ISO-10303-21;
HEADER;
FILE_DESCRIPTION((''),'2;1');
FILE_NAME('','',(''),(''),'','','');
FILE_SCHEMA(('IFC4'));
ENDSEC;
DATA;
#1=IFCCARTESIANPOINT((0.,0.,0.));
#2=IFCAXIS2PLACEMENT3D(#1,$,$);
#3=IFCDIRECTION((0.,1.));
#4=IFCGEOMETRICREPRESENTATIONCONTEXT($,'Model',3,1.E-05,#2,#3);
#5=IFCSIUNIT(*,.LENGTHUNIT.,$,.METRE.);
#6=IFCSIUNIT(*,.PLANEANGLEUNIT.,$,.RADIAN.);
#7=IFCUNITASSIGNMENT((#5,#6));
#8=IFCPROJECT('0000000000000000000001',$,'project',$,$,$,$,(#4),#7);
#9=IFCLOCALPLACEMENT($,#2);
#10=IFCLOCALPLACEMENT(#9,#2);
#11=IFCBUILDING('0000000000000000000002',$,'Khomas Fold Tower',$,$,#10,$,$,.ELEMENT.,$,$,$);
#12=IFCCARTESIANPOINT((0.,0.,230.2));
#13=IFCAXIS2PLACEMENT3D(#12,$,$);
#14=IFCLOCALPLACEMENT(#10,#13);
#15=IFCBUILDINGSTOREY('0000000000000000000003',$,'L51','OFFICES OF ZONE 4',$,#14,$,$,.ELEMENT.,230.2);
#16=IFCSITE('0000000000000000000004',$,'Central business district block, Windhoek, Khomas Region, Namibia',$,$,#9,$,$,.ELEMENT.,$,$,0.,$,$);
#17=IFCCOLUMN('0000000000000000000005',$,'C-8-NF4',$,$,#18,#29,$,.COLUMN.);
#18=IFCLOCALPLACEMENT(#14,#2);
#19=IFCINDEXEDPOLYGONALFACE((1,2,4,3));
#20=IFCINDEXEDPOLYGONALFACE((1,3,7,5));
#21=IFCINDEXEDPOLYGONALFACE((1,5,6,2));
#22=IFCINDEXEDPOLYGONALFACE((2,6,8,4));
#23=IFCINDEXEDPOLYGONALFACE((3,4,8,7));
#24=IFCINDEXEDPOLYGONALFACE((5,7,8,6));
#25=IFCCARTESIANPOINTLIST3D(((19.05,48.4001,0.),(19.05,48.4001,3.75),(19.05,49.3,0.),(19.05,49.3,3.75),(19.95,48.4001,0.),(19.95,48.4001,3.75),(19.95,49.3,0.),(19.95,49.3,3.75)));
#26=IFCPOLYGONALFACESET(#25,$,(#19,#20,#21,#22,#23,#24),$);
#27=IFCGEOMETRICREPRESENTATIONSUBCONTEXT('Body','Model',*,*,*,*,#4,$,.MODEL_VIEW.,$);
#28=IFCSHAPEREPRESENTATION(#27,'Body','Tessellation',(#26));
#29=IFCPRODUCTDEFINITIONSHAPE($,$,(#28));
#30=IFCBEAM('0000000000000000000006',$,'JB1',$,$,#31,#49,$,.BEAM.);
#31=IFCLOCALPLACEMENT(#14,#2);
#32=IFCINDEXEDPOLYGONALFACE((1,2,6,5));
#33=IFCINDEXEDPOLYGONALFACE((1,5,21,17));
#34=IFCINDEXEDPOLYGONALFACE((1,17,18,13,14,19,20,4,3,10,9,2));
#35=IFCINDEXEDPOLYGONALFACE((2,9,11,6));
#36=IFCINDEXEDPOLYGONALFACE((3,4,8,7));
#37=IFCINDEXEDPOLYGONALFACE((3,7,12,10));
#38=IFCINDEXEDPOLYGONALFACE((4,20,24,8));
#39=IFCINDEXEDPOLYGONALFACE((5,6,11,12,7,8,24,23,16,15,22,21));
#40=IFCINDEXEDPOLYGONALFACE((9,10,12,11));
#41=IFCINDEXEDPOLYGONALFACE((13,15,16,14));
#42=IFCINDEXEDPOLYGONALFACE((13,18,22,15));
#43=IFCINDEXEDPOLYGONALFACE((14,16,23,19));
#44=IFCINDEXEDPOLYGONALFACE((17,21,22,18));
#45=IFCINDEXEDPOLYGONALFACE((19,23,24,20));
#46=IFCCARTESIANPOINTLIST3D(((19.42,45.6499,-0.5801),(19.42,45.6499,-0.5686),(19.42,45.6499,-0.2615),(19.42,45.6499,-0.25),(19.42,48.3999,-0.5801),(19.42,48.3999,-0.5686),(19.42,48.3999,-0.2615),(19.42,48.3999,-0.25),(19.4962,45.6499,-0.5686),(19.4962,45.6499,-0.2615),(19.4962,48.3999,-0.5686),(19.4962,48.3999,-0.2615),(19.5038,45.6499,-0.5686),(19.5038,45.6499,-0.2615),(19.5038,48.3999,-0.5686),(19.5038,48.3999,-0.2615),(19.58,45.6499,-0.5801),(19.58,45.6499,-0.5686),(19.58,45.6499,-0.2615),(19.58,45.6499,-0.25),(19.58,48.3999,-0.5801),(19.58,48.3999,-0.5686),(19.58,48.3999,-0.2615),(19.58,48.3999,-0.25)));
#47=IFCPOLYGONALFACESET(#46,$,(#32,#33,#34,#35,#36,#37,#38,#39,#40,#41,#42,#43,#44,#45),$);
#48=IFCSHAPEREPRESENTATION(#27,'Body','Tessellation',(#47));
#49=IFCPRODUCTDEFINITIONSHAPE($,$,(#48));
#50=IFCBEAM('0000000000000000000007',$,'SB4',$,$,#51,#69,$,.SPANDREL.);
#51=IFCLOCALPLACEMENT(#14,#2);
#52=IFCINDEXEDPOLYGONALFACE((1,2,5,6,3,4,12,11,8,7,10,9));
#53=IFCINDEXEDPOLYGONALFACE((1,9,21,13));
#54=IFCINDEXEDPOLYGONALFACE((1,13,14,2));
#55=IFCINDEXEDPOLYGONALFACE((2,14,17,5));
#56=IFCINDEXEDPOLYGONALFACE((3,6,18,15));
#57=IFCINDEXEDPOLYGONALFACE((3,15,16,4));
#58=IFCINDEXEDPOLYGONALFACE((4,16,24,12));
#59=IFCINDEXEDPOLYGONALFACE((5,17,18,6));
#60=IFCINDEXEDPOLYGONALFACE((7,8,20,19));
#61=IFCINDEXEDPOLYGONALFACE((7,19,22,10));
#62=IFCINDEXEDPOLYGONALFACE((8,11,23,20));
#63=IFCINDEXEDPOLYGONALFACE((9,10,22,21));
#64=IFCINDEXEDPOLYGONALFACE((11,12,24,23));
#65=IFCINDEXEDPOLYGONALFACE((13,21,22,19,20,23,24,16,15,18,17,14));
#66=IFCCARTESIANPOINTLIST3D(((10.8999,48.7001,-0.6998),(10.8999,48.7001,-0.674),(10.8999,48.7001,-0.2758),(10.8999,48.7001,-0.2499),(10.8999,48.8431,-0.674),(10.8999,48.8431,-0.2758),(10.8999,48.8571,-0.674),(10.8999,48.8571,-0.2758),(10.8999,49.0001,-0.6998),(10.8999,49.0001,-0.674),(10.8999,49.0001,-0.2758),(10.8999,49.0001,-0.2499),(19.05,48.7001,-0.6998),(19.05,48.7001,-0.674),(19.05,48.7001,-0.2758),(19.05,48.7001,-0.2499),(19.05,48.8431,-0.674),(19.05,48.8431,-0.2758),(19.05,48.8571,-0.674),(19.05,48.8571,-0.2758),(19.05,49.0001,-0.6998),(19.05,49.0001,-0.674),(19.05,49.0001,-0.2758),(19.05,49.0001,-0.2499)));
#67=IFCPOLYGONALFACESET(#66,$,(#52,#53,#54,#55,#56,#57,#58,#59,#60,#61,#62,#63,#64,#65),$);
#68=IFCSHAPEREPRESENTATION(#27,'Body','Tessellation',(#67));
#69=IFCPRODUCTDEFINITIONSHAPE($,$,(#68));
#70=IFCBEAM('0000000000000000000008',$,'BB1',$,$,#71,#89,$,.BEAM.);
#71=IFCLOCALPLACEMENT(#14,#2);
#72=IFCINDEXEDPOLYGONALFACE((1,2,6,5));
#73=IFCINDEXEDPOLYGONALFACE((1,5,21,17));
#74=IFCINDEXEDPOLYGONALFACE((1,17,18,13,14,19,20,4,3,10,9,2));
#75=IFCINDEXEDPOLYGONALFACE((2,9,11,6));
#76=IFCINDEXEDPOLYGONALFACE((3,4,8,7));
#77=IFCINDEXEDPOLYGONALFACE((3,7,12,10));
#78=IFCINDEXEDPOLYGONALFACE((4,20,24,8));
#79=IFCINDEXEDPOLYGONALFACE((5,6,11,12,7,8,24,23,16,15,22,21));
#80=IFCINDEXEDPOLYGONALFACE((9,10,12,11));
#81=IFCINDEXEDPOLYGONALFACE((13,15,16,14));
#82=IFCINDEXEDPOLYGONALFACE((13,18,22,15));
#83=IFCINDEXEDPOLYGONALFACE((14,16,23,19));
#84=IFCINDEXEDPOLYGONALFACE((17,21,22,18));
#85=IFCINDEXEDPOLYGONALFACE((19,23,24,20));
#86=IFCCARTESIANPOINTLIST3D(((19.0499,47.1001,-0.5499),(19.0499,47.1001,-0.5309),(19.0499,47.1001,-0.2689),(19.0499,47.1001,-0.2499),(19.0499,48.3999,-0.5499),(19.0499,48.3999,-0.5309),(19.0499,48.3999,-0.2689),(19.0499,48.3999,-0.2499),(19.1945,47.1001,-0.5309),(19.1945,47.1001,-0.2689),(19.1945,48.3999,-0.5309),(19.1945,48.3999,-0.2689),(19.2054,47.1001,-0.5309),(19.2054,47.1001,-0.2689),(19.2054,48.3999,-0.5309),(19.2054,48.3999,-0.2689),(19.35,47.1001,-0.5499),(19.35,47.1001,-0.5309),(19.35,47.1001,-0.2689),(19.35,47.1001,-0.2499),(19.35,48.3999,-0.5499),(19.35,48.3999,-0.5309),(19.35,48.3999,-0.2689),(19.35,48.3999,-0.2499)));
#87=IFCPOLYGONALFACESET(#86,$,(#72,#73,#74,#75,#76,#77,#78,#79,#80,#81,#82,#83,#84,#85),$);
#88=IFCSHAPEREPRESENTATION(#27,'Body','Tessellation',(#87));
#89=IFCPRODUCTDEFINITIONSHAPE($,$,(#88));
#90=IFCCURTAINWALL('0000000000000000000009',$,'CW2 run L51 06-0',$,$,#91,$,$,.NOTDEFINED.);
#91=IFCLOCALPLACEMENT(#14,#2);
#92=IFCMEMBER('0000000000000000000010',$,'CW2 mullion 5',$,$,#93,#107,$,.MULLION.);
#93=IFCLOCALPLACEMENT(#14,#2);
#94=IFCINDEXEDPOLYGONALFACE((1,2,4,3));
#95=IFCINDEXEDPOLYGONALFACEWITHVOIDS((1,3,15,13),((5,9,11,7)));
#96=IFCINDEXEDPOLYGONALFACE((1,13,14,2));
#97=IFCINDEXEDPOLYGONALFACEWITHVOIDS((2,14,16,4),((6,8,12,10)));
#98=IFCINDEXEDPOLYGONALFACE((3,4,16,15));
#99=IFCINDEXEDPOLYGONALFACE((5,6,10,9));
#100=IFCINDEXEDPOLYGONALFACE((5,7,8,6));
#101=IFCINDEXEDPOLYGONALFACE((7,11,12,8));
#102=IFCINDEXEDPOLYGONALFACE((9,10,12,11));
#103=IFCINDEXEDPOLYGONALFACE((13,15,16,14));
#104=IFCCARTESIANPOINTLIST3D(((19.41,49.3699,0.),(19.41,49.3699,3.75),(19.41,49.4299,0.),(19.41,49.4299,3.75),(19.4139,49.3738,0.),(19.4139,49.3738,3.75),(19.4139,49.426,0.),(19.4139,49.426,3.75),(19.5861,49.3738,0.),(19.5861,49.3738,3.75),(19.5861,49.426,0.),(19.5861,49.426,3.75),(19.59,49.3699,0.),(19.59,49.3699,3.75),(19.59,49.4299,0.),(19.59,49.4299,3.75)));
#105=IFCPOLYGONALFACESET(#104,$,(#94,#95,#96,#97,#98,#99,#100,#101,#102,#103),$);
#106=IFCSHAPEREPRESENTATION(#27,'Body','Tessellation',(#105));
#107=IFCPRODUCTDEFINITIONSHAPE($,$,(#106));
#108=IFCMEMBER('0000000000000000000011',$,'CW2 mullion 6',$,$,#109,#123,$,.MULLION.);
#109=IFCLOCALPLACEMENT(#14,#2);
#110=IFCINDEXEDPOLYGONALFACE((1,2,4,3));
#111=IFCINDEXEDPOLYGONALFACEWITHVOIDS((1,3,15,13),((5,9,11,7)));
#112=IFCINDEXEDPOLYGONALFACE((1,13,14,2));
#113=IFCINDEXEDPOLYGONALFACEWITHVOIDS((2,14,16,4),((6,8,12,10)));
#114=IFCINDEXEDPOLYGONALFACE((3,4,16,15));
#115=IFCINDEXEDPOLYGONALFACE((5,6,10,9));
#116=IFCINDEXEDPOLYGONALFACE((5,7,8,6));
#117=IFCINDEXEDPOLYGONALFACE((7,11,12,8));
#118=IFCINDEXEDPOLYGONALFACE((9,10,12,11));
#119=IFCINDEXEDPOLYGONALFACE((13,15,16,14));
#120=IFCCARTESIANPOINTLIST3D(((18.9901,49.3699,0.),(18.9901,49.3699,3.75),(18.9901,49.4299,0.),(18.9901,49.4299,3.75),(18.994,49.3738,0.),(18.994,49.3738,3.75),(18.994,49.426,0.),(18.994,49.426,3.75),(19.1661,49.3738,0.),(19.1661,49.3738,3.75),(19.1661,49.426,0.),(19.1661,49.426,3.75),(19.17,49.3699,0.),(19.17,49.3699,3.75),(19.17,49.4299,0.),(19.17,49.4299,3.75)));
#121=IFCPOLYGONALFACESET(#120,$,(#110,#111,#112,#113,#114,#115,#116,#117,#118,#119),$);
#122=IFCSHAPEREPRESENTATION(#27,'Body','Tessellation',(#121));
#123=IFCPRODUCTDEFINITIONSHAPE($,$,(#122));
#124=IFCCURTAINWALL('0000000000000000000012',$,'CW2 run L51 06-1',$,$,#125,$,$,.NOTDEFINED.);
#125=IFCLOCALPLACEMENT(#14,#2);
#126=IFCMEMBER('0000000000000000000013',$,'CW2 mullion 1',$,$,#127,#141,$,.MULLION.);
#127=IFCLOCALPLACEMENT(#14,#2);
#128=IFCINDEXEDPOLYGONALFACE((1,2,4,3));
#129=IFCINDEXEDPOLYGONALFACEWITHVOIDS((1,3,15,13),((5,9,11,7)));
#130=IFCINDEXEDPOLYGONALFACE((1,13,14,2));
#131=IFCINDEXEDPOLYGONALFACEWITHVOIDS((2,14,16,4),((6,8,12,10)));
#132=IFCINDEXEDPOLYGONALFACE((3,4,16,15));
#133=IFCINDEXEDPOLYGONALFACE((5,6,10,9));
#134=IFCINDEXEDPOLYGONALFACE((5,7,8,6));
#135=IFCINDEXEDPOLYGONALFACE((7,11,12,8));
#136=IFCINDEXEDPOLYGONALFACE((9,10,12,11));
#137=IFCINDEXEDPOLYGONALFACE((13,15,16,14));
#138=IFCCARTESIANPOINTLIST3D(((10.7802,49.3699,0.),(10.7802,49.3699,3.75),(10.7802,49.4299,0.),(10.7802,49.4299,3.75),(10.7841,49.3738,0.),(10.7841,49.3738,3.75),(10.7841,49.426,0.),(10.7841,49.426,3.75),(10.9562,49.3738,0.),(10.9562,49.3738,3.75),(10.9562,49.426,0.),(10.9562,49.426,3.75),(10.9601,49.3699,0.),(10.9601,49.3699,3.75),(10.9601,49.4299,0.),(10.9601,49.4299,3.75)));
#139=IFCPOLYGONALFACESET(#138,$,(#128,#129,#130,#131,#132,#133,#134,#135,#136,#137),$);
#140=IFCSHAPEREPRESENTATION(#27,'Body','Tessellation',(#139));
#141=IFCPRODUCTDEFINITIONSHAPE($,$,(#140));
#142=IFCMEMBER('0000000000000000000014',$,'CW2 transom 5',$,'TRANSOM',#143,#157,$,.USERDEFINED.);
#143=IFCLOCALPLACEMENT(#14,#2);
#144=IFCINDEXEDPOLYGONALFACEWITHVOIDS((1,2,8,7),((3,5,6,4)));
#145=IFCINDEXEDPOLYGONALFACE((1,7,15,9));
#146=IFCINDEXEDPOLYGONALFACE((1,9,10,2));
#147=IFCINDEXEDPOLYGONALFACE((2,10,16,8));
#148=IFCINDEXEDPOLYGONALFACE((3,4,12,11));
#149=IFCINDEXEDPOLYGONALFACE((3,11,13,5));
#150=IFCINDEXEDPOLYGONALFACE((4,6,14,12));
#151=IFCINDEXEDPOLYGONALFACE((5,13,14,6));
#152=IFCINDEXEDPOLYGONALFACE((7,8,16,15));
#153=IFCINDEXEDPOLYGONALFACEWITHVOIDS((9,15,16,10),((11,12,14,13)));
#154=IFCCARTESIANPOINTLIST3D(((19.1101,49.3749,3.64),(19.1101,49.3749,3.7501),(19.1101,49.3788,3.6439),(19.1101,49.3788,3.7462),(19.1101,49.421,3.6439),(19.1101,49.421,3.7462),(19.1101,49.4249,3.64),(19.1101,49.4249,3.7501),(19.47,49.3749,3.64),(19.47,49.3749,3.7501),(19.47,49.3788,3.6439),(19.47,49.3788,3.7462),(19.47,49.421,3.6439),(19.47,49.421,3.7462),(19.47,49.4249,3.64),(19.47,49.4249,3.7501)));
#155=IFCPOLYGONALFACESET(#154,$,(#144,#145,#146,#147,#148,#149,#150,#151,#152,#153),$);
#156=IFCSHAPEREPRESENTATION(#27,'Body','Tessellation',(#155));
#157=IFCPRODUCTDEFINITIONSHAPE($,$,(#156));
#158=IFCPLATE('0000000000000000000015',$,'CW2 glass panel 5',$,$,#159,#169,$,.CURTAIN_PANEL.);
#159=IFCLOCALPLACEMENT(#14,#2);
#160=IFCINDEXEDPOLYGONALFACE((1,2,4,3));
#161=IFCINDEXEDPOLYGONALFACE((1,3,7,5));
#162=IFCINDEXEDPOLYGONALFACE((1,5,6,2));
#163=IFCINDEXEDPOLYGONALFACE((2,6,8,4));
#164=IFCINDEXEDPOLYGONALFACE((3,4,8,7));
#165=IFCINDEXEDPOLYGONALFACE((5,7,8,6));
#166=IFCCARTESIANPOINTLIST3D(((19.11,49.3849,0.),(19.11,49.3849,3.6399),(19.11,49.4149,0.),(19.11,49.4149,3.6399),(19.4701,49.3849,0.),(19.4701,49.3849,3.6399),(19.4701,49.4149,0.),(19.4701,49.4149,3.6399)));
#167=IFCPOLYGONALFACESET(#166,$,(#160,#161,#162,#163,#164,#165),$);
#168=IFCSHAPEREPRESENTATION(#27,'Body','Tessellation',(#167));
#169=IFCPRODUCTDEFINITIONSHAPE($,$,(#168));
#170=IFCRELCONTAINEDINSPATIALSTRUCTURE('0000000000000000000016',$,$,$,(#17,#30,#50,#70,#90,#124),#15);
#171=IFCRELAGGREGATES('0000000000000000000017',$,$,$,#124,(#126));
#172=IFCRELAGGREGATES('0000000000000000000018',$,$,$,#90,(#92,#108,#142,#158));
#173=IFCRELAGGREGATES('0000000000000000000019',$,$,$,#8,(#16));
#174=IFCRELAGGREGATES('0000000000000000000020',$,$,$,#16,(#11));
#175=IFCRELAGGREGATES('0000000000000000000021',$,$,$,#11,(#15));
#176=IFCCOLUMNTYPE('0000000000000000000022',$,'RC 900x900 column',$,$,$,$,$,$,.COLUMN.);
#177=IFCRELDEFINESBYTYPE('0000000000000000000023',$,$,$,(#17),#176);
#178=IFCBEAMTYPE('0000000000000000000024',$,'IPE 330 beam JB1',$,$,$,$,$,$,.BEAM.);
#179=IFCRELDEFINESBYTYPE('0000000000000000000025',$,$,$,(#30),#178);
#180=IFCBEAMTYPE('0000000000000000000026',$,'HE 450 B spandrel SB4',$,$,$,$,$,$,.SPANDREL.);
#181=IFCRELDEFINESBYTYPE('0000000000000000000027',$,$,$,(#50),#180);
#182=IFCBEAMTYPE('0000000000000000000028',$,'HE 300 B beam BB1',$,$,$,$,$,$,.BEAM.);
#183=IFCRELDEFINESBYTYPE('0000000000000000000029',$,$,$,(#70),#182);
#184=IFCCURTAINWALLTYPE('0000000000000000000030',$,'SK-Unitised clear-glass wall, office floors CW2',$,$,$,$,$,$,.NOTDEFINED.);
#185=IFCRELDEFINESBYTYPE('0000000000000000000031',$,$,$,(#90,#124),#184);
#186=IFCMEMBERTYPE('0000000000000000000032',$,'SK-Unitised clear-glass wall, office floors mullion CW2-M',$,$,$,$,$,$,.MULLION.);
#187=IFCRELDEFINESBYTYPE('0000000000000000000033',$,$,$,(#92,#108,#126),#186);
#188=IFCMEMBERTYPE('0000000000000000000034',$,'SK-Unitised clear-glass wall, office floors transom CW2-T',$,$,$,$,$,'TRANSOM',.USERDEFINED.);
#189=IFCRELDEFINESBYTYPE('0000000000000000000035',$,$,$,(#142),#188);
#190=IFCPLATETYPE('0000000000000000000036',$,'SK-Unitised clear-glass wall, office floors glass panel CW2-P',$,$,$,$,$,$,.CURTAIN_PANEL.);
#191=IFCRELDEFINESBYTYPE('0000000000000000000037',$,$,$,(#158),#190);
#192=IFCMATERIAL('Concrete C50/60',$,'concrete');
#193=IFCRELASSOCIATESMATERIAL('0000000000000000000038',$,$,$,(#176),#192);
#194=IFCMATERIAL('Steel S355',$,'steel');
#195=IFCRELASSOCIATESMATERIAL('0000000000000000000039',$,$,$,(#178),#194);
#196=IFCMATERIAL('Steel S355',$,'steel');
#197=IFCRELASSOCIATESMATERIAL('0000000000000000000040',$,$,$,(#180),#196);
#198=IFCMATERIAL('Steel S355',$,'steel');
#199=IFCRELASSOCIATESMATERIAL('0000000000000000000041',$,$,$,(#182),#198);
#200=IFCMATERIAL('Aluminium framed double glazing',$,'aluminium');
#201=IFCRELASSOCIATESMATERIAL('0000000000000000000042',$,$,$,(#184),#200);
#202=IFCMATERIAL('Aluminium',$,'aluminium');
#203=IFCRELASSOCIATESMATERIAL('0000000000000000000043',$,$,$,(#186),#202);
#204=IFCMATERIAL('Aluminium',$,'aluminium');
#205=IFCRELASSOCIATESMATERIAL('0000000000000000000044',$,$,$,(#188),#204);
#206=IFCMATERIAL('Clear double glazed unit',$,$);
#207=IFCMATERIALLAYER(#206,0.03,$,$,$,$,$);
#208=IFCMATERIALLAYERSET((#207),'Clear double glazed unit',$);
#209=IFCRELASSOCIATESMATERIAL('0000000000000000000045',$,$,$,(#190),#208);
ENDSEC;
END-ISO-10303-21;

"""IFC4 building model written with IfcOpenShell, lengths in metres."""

from ifc_helpers import new_model, si_unit, direction, frame, origin, origin_2d, place, context, subcontext, project, spatial, rectangle, hollow_rectangle, i_section, extrude, source, transform, mapped, material, layer, layer_set, material_profile, profile_set, type_object, element, aggregate, save


model = new_model("IFC4")

# Units and contexts
model_context = context("Model", 3, precision=1e-05, world=origin(), true_north=direction((0.0, 1.0)))
body_context = subcontext(model_context, "Body", "Model", "MODEL_VIEW")
ifc_project = project(units=[si_unit("LENGTHUNIT", "METRE"), si_unit("PLANEANGLEUNIT", "RADIAN")], contexts=[model_context])

# Site, building, storey
site_placement = place(None, origin())
site = spatial("IfcSite", under=ifc_project, at=site_placement, Name="Central business district block, Windhoek, Khomas Region, Namibia", CompositionType="ELEMENT", RefElevation=0.0)
building_placement = place(site_placement, origin())
building = spatial("IfcBuilding", under=site, at=building_placement, Name="Khomas Fold Tower", CompositionType="ELEMENT")
storey_placement = place(building_placement, frame((0.0, 0.0, 230.2)))
storey = spatial("IfcBuildingStorey", under=building, at=storey_placement, Name="L51", Description="OFFICES OF ZONE 4", CompositionType="ELEMENT", Elevation=230.2)

# Column
ifc_material_1 = material(Name="Concrete C50/60", Category="concrete")
ifc_material_profile_1 = material_profile(ifc_material_1, rectangle(XDim=0.8999, YDim=0.8999, at=origin_2d()), Name="RC 900x900")
ifc_profile_set_1 = profile_set([ifc_material_profile_1], Name="Concrete C50/60")
column_type = type_object("IfcColumnType", Name="RC 900x900 column", PredefinedType="COLUMN", material=ifc_profile_set_1)
shared_shape_1 = source(origin(), body_context, "Body", "SweptSolid", [
    extrude(rectangle(XDim=0.8999, YDim=0.8999, at=origin_2d()), origin(), (0.0, 0.0, 1.0), 3.75),
])
column_placement = place(storey_placement, frame((19.5, 48.8501, 0.0), z_axis=(0.0, 0.0, 1.0), x_axis=(1.0, 0.0, 0.0)))
element("IfcColumn", 1, at=column_placement, inside=storey, type_object=column_type, Name="C-8-NF4", PredefinedType="COLUMN", context=body_context, shape_type="MappedRepresentation", body=[
    mapped(shared_shape_1, transform((0.0, 0.0, 0.0))),
])

# Beams
ifc_material_2 = material(Name="Steel S355", Category="steel")
ifc_material_profile_2 = material_profile(ifc_material_2, i_section(OverallWidth=0.1599, OverallDepth=0.3301, WebThickness=0.0076, FlangeThickness=0.0115, at=origin_2d()), Name="IPE 330")
ifc_profile_set_2 = profile_set([ifc_material_profile_2], Name="Steel S355")
beam_type_1 = type_object("IfcBeamType", Name="IPE 330 beam JB1", PredefinedType="BEAM", material=ifc_profile_set_2)
shared_shape_2 = source(origin(), body_context, "Body", "SweptSolid", [
    extrude(i_section(OverallWidth=0.1599, OverallDepth=0.3301, WebThickness=0.0076, FlangeThickness=0.0115, at=origin_2d()), origin(), (0.0, 0.0, 1.0), 2.75),
])
beam_1_placement = place(storey_placement, frame((19.5, 45.6499, -0.415), z_axis=(0.0, 1.0, 0.0), x_axis=(-1.0, 0.0, 0.0)))
element("IfcBeam", 2, at=beam_1_placement, inside=storey, type_object=beam_type_1, Name="JB1", PredefinedType="BEAM", context=body_context, shape_type="MappedRepresentation", body=[
    mapped(shared_shape_2, transform((0.0, 0.0, 0.0))),
])
ifc_material_3 = material(Name="Steel S355", Category="steel")
ifc_material_profile_3 = material_profile(ifc_material_3, i_section(OverallWidth=0.3, OverallDepth=0.45, WebThickness=0.0139, FlangeThickness=0.0259, at=origin_2d()), Name="HE 450 B")
ifc_profile_set_3 = profile_set([ifc_material_profile_3], Name="Steel S355")
beam_type_2 = type_object("IfcBeamType", Name="HE 450 B spandrel SB4", PredefinedType="SPANDREL", material=ifc_profile_set_3)
shared_shape_3 = source(origin(), body_context, "Body", "SweptSolid", [
    extrude(i_section(OverallWidth=0.3, OverallDepth=0.45, WebThickness=0.0139, FlangeThickness=0.0259, at=origin_2d()), origin(), (0.0, 0.0, 1.0), 8.1501),
])
beam_2_placement = place(storey_placement, frame((10.8999, 48.8501, -0.4749), z_axis=(1.0, 0.0, 0.0), x_axis=(0.0, 1.0, 0.0)))
element("IfcBeam", 3, at=beam_2_placement, inside=storey, type_object=beam_type_2, Name="SB4", PredefinedType="SPANDREL", context=body_context, shape_type="MappedRepresentation", body=[
    mapped(shared_shape_3, transform((0.0, 0.0, 0.0))),
])
ifc_material_4 = material(Name="Steel S355", Category="steel")
ifc_material_profile_4 = material_profile(ifc_material_4, i_section(OverallWidth=0.3, OverallDepth=0.3, WebThickness=0.011, FlangeThickness=0.019, at=origin_2d()), Name="HE 300 B")
ifc_profile_set_4 = profile_set([ifc_material_profile_4], Name="Steel S355")
beam_type_3 = type_object("IfcBeamType", Name="HE 300 B beam BB1", PredefinedType="BEAM", material=ifc_profile_set_4)
shared_shape_4 = source(origin(), body_context, "Body", "SweptSolid", [
    extrude(i_section(OverallWidth=0.3, OverallDepth=0.3, WebThickness=0.011, FlangeThickness=0.019, at=origin_2d()), origin(), (0.0, 0.0, 1.0), 1.2998),
])
beam_3_placement = place(storey_placement, frame((19.2, 47.1001, -0.3999), z_axis=(0.0, 1.0, 0.0), x_axis=(-1.0, 0.0, 0.0)))
element("IfcBeam", 4, at=beam_3_placement, inside=storey, type_object=beam_type_3, Name="BB1", PredefinedType="BEAM", context=body_context, shape_type="MappedRepresentation", body=[
    mapped(shared_shape_4, transform((0.0, 0.0, 0.0))),
])

# Curtain wall, members
ifc_material_5 = material(Name="Aluminium framed double glazing", Category="aluminium")
curtain_wall_type = type_object("IfcCurtainWallType", Name="SK-Unitised clear-glass wall, office floors CW2", PredefinedType="NOTDEFINED", material=ifc_material_5)
curtain_wall_1_placement = place(storey_placement, origin())
curtain_wall_1 = element("IfcCurtainWall", 5, at=curtain_wall_1_placement, inside=storey, type_object=curtain_wall_type, Name="CW2 run L51 06-0", PredefinedType="NOTDEFINED")
ifc_material_6 = material(Name="Aluminium", Category="aluminium")
ifc_material_profile_5 = material_profile(ifc_material_6, hollow_rectangle(XDim=0.0601, YDim=0.1799, WallThickness=0.0039, at=origin_2d()), Name="SK-Unitised clear-glass wall, office floors mullion CW2-M")
ifc_profile_set_5 = profile_set([ifc_material_profile_5], Name="Aluminium")
member_type_1 = type_object("IfcMemberType", Name="SK-Unitised clear-glass wall, office floors mullion CW2-M", PredefinedType="MULLION", material=ifc_profile_set_5)
shared_shape_5 = source(origin(), body_context, "Body", "SweptSolid", [
    extrude(hollow_rectangle(XDim=0.0601, YDim=0.1799, WallThickness=0.0039, at=origin_2d()), origin(), (0.0, 0.0, 1.0), 3.75),
])
member_1_placement = place(storey_placement, frame((19.5, 49.3999, 0.0), z_axis=(0.0, 0.0, 1.0), x_axis=(0.0, -1.0, 0.0)))
member_1 = element("IfcMember", 6, at=member_1_placement, type_object=member_type_1, Name="CW2 mullion 5", PredefinedType="MULLION", context=body_context, shape_type="MappedRepresentation", body=[
    mapped(shared_shape_5, transform((0.0, 0.0, 0.0))),
])
member_2_placement = place(storey_placement, frame((19.0801, 49.3999, 0.0), z_axis=(0.0, 0.0, 1.0), x_axis=(0.0, -1.0, 0.0)))
member_2 = element("IfcMember", 7, at=member_2_placement, type_object=member_type_1, Name="CW2 mullion 6", PredefinedType="MULLION", context=body_context, shape_type="MappedRepresentation", body=[
    mapped(shared_shape_5, transform((0.0, 0.0, 0.0))),
])

# Curtain wall, member
curtain_wall_2_placement = place(storey_placement, origin())
curtain_wall_2 = element("IfcCurtainWall", 8, at=curtain_wall_2_placement, inside=storey, type_object=curtain_wall_type, Name="CW2 run L51 06-1", PredefinedType="NOTDEFINED")
member_3_placement = place(storey_placement, frame((10.8701, 49.3999, 0.0), z_axis=(0.0, 0.0, 1.0), x_axis=(0.0, -1.0, 0.0)))
member_3 = element("IfcMember", 9, at=member_3_placement, type_object=member_type_1, Name="CW2 mullion 1", PredefinedType="MULLION", context=body_context, shape_type="MappedRepresentation", body=[
    mapped(shared_shape_5, transform((0.0, 0.0, 0.0))),
])
aggregate(curtain_wall_2, [member_3])

# Member
ifc_material_7 = material(Name="Aluminium", Category="aluminium")
ifc_material_profile_6 = material_profile(ifc_material_7, hollow_rectangle(XDim=0.05, YDim=0.1101, WallThickness=0.0039, at=origin_2d()), Name="SK-Unitised clear-glass wall, office floors transom CW2-T")
ifc_profile_set_6 = profile_set([ifc_material_profile_6], Name="Aluminium")
member_type_2 = type_object("IfcMemberType", Name="SK-Unitised clear-glass wall, office floors transom CW2-T", ElementType="TRANSOM", PredefinedType="USERDEFINED", material=ifc_profile_set_6)
shared_shape_6 = source(origin(), body_context, "Body", "SweptSolid", [
    extrude(hollow_rectangle(XDim=0.05, YDim=0.1101, WallThickness=0.0039, at=origin_2d()), origin(), (0.0, 0.0, 1.0), 0.3599),
])
member_4_placement = place(storey_placement, frame((19.47, 49.3999, 3.6951), z_axis=(-1.0, 0.0, 0.0), x_axis=(0.0, -1.0, 0.0)))
member_4 = element("IfcMember", 10, at=member_4_placement, type_object=member_type_2, Name="CW2 transom 5", ObjectType="TRANSOM", PredefinedType="USERDEFINED", context=body_context, shape_type="MappedRepresentation", body=[
    mapped(shared_shape_6, transform((0.0, 0.0, 0.0))),
])

# Plate
ifc_material_8 = material(Name="Clear double glazed unit")
ifc_layer_1 = layer(ifc_material_8, 0.03)
ifc_layer_set_1 = layer_set([ifc_layer_1], Name="Clear double glazed unit")
plate_type = type_object("IfcPlateType", Name="SK-Unitised clear-glass wall, office floors glass panel CW2-P", PredefinedType="CURTAIN_PANEL", material=ifc_layer_set_1)
shared_shape_7 = source(origin(), body_context, "Body", "SweptSolid", [
    extrude(rectangle(XDim=0.3601, YDim=0.03, at=origin_2d()), origin(), (0.0, 0.0, 1.0), 3.6399),
])
plate_placement = place(storey_placement, frame((19.29, 49.3999, 0.0), z_axis=(0.0, 0.0, 1.0), x_axis=(-1.0, 0.0, 0.0)))
plate = element("IfcPlate", 11, at=plate_placement, type_object=plate_type, Name="CW2 glass panel 5", PredefinedType="CURTAIN_PANEL", context=body_context, shape_type="MappedRepresentation", body=[
    mapped(shared_shape_7, transform((0.0, 0.0, 0.0))),
])
aggregate(curtain_wall_1, [member_1, member_2, member_4, plate])

save(model, "model.ifc")
